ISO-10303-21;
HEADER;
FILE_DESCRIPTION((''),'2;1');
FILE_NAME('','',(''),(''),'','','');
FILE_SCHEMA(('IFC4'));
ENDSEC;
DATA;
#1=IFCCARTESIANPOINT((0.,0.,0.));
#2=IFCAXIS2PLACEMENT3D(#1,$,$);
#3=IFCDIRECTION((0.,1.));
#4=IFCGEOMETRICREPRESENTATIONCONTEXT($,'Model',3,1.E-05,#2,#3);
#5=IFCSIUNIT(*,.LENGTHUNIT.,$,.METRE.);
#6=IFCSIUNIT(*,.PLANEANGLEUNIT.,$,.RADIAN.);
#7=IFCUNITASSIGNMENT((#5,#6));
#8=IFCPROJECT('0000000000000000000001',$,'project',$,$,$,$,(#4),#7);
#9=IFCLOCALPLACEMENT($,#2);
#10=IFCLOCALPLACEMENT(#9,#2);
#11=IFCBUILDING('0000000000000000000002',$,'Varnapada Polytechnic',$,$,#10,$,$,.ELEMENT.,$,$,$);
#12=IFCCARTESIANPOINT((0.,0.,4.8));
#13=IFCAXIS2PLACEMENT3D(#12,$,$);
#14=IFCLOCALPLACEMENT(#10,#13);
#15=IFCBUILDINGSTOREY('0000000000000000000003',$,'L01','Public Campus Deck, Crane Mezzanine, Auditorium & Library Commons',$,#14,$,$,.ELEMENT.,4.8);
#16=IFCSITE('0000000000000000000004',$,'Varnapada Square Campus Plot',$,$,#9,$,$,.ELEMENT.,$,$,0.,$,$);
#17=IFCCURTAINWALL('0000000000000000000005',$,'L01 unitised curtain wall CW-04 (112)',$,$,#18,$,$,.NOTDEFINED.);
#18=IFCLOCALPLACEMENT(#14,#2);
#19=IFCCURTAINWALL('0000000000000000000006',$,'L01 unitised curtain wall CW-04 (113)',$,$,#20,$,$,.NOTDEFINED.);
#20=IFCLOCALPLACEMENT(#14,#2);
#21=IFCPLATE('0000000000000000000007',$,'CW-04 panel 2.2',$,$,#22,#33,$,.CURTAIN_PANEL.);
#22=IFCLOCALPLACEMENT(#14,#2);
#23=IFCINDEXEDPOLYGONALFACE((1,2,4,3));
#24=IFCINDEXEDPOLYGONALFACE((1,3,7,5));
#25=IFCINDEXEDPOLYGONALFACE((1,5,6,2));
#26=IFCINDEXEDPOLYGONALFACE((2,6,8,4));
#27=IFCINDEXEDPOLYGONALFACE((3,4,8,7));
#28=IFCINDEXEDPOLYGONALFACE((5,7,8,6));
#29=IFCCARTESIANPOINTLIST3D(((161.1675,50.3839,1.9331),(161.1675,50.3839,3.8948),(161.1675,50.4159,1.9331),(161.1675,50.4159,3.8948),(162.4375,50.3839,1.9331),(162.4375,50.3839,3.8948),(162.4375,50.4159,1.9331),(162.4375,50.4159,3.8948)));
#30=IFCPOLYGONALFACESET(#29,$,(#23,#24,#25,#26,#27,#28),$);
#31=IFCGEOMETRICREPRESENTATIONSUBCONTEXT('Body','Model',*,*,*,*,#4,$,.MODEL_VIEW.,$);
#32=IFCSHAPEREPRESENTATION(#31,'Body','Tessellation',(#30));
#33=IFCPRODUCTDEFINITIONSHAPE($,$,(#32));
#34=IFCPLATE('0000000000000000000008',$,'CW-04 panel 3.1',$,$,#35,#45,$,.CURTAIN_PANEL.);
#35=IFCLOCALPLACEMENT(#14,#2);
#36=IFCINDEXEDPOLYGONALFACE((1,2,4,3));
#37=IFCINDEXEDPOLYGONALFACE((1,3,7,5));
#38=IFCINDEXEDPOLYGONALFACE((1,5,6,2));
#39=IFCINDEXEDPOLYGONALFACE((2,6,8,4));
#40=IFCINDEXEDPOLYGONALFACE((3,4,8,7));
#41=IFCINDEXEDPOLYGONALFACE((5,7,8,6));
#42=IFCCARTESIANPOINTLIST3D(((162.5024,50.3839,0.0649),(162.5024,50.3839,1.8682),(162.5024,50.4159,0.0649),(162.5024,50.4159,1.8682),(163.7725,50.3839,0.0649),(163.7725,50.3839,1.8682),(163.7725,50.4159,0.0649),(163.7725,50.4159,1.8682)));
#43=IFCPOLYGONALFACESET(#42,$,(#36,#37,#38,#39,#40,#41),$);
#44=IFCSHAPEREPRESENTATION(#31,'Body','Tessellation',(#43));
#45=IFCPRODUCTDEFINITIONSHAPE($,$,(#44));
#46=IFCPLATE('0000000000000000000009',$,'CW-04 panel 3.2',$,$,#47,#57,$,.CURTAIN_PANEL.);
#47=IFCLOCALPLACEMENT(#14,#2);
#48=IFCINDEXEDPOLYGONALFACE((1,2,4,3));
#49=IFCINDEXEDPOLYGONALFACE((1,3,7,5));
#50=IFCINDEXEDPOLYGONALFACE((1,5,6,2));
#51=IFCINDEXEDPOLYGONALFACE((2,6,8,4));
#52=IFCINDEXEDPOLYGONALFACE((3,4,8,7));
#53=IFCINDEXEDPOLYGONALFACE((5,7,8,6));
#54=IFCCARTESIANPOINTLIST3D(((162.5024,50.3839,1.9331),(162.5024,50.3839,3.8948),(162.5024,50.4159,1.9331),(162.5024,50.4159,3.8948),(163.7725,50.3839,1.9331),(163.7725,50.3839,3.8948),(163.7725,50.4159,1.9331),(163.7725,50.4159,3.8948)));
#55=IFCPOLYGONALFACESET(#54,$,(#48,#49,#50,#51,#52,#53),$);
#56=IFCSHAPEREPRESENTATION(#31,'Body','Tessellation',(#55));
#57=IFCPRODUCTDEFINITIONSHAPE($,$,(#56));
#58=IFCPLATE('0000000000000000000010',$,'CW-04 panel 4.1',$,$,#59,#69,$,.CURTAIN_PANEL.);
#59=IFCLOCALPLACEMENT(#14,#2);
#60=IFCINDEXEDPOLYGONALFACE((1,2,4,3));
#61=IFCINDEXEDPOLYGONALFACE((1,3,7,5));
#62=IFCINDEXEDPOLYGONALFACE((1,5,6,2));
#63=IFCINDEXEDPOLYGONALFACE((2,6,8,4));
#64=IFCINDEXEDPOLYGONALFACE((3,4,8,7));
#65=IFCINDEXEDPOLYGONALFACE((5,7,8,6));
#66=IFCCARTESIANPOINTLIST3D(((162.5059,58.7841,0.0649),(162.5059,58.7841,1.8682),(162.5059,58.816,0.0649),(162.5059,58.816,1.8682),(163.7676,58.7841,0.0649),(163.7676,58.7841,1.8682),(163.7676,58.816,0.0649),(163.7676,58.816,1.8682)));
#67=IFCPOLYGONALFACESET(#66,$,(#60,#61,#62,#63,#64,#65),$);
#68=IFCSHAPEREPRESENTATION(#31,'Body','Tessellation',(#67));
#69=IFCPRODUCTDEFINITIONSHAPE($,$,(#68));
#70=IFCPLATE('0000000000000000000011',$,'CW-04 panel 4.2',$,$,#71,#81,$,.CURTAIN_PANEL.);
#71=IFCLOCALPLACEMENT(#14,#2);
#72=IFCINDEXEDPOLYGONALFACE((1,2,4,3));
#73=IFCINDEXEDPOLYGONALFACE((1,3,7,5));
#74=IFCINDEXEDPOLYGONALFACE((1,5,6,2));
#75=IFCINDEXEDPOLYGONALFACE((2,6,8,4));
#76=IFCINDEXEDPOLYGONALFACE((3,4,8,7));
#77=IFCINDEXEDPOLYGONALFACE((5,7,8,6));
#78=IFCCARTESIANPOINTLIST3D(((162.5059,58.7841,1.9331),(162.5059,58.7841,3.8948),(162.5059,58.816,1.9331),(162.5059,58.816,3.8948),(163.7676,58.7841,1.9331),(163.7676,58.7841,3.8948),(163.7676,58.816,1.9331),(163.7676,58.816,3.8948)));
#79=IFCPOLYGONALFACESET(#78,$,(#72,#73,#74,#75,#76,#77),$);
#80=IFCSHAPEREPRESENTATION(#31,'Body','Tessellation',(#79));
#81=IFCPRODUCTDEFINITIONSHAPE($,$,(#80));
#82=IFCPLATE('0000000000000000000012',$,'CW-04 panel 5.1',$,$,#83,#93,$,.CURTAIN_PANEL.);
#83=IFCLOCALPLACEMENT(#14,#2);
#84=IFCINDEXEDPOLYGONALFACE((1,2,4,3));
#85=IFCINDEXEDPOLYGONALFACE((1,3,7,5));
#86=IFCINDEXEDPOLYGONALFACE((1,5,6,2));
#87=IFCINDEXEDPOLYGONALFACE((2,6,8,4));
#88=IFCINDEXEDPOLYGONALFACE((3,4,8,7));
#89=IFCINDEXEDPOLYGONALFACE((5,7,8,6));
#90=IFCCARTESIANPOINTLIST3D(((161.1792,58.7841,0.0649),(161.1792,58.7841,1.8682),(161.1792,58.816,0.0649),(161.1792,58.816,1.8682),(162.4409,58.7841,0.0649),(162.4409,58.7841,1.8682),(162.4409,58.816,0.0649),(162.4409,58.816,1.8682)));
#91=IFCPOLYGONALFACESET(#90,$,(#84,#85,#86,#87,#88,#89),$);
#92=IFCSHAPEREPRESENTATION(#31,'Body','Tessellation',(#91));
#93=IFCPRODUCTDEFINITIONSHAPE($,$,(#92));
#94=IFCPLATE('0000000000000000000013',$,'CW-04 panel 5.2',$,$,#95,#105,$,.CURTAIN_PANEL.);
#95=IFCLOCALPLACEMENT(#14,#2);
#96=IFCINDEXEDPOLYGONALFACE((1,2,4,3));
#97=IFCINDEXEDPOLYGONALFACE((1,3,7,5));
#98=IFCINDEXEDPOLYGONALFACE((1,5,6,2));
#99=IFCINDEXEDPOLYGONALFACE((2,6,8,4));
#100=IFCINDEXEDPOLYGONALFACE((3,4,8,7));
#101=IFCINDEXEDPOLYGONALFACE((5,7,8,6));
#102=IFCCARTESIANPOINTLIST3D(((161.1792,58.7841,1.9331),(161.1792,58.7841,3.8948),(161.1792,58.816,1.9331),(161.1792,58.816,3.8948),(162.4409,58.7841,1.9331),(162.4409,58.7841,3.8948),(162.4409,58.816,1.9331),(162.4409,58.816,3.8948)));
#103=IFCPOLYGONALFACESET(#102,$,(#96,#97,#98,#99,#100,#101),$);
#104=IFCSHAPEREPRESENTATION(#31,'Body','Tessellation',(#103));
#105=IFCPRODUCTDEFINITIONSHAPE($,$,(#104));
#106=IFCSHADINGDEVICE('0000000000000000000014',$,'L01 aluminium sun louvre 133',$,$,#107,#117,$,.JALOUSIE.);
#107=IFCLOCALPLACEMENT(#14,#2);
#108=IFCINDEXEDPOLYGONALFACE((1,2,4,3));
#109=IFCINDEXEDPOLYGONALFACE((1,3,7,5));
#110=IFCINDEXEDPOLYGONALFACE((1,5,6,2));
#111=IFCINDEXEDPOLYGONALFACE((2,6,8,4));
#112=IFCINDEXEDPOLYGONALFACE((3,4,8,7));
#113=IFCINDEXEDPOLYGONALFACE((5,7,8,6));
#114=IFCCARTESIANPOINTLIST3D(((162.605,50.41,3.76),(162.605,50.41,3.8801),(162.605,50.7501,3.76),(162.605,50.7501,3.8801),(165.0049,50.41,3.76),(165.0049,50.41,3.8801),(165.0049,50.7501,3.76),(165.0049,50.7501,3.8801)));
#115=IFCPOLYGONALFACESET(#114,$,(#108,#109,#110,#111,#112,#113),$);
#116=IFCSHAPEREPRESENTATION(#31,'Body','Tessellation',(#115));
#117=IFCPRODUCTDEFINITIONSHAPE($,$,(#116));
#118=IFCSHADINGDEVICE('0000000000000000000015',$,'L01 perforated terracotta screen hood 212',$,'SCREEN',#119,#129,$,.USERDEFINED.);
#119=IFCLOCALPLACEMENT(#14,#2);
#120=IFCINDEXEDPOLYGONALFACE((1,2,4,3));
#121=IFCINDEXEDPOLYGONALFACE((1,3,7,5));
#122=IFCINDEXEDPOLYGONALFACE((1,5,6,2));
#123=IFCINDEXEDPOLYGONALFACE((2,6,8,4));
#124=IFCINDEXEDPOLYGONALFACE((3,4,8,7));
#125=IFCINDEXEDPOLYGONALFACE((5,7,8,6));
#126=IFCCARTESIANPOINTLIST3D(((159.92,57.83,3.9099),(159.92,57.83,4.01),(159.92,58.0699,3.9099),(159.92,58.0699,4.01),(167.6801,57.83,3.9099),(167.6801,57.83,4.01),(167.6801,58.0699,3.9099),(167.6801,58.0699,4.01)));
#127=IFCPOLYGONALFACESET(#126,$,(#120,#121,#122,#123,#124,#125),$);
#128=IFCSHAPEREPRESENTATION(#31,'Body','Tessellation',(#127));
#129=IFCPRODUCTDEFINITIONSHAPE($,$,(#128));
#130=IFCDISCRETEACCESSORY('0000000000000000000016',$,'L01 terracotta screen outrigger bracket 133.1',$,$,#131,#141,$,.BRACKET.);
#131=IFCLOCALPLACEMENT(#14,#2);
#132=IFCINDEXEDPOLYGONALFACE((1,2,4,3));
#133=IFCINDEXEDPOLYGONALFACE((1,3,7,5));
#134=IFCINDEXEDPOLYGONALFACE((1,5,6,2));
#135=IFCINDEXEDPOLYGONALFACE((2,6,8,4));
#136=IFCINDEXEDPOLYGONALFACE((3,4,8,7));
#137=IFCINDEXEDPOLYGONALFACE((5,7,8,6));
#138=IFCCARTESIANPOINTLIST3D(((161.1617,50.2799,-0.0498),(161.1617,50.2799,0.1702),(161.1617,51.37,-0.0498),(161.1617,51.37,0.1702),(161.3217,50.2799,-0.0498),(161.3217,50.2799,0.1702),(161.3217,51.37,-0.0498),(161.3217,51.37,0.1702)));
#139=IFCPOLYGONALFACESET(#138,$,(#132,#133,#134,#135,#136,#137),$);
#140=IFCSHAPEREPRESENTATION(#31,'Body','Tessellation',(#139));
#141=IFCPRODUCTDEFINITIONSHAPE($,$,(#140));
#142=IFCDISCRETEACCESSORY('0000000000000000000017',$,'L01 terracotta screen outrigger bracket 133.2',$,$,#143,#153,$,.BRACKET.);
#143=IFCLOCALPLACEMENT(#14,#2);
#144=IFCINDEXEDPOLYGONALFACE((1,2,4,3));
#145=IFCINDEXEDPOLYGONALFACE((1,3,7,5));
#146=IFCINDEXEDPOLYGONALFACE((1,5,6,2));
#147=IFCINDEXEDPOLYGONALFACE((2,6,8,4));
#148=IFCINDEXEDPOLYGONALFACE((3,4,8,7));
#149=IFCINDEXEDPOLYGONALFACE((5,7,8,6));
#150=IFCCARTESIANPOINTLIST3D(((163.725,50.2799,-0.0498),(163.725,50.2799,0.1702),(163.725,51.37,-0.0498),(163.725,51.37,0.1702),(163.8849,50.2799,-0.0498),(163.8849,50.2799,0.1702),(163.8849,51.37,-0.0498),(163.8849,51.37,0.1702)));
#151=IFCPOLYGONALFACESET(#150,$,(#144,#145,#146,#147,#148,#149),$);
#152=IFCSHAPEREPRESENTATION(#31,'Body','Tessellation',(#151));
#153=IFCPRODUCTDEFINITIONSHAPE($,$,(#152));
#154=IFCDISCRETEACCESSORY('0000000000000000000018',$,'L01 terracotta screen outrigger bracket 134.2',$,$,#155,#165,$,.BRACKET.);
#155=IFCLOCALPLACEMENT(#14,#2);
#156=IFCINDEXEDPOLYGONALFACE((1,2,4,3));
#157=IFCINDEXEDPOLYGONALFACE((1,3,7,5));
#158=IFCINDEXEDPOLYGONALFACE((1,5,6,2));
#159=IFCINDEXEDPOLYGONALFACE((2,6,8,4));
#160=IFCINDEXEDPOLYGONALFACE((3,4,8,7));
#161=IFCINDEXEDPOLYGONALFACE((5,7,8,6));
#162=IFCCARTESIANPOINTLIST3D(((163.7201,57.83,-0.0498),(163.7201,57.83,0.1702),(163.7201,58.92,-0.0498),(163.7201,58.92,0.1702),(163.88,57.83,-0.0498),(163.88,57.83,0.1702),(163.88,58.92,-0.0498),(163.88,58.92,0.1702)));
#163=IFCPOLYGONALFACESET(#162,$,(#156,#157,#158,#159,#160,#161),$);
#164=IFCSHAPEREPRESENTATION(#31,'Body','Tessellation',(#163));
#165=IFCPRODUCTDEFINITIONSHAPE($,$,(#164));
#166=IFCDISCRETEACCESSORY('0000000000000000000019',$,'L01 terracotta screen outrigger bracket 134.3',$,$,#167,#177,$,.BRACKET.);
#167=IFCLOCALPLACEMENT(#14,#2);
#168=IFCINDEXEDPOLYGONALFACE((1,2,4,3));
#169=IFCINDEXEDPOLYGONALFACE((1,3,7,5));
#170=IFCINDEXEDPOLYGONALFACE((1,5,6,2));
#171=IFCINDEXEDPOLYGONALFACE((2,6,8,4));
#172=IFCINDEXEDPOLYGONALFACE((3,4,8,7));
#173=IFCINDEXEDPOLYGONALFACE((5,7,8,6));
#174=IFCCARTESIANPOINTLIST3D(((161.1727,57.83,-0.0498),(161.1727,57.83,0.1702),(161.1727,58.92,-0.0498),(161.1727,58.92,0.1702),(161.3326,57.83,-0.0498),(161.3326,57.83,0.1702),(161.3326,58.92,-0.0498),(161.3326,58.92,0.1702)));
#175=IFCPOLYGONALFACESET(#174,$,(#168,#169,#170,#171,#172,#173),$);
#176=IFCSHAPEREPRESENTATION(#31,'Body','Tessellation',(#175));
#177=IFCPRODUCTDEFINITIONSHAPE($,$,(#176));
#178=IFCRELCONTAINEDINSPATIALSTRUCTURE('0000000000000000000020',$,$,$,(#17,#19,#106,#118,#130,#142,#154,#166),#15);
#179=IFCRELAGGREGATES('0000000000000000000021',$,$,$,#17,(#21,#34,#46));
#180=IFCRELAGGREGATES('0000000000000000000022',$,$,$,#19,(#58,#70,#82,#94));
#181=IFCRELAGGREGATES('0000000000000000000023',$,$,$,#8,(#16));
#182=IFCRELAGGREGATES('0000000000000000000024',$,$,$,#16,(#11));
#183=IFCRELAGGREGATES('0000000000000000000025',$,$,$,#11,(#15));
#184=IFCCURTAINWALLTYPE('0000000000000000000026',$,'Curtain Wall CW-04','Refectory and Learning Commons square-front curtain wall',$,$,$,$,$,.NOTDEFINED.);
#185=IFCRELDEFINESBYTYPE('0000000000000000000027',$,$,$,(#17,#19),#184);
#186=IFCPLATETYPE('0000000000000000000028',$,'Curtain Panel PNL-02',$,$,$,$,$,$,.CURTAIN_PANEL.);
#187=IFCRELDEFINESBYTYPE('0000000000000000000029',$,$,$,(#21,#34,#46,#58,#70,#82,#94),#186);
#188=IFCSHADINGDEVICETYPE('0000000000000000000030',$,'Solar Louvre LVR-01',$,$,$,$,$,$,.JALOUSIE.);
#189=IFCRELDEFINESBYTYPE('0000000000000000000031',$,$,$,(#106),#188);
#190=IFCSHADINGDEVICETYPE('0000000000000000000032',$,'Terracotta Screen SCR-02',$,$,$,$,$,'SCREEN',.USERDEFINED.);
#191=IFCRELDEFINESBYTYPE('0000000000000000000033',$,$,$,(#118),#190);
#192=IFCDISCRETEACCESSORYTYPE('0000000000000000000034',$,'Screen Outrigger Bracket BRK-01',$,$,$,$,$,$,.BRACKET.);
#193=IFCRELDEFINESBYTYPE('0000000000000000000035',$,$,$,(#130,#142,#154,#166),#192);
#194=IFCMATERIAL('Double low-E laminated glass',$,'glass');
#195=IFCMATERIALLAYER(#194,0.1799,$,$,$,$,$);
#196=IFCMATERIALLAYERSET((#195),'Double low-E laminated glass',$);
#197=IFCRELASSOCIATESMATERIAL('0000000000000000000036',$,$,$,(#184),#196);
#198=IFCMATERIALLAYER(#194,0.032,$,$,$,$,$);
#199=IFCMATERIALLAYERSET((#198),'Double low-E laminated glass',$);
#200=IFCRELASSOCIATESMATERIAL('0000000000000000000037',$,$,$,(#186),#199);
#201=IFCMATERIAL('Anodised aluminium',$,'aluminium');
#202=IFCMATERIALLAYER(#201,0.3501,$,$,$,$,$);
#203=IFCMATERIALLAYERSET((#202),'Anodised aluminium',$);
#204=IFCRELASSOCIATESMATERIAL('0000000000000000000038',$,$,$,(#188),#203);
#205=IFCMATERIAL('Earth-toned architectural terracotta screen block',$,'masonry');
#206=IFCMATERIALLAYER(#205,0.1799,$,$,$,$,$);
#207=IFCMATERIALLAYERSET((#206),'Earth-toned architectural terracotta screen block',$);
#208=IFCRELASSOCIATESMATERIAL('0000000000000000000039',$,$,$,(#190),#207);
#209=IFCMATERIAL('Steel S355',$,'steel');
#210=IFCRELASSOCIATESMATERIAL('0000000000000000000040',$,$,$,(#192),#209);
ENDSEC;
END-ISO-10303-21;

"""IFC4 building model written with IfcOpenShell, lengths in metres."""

from ifc_helpers import new_model, si_unit, direction, frame, origin, origin_2d, place, context, subcontext, project, spatial, rectangle, extrude, material, layer, layer_set, type_object, element, aggregate, save


model = new_model("IFC4")

# Units and contexts
model_context = context("Model", 3, precision=1e-05, world=origin(), true_north=direction((0.0, 1.0)))
body_context = subcontext(model_context, "Body", "Model", "MODEL_VIEW")
ifc_project = project(units=[si_unit("LENGTHUNIT", "METRE"), si_unit("PLANEANGLEUNIT", "RADIAN")], contexts=[model_context])

# Site, building, storey
site_placement = place(None, origin())
site = spatial("IfcSite", under=ifc_project, at=site_placement, Name="Varnapada Square Campus Plot", CompositionType="ELEMENT", RefElevation=0.0)
building_placement = place(site_placement, origin())
building = spatial("IfcBuilding", under=site, at=building_placement, Name="Varnapada Polytechnic", CompositionType="ELEMENT")
storey_placement = place(building_placement, frame((0.0, 0.0, 4.8)))
storey = spatial("IfcBuildingStorey", under=building, at=storey_placement, Name="L01", Description="Public Campus Deck, Crane Mezzanine, Auditorium & Library Commons", CompositionType="ELEMENT", Elevation=4.8)

# Curtain walls
ifc_material_1 = material(Name="Double low-E laminated glass", Category="glass")
ifc_layer_1 = layer(ifc_material_1, 0.1799)
ifc_layer_set_1 = layer_set([ifc_layer_1], Name="Double low-E laminated glass")
curtain_wall_type = type_object("IfcCurtainWallType", Name="Curtain Wall CW-04", Description="Refectory and Learning Commons square-front curtain wall", PredefinedType="NOTDEFINED", material=ifc_layer_set_1)
curtain_wall_1_placement = place(storey_placement, origin())
curtain_wall_1 = element("IfcCurtainWall", 1, at=curtain_wall_1_placement, inside=storey, type_object=curtain_wall_type, Name="L01 unitised curtain wall CW-04 (112)", PredefinedType="NOTDEFINED")
ifc_material_2 = material(Name="Anodised aluminium", Category="aluminium")
curtain_wall_2_placement = place(storey_placement, origin())
curtain_wall_2 = element("IfcCurtainWall", 2, at=curtain_wall_2_placement, inside=storey, type_object=curtain_wall_type, Name="L01 unitised curtain wall CW-04 (113)", PredefinedType="NOTDEFINED")

# Plates
ifc_layer_2 = layer(ifc_material_1, 0.032)
ifc_layer_set_2 = layer_set([ifc_layer_2], Name="Double low-E laminated glass")
plate_type = type_object("IfcPlateType", Name="Curtain Panel PNL-02", PredefinedType="CURTAIN_PANEL", material=ifc_layer_set_2)
plate_1_placement = place(storey_placement, frame((161.8025, 50.3999, 1.9331), z_axis=(0.0, 0.0, 1.0), x_axis=(1.0, 0.0, 0.0)))
plate_1 = element("IfcPlate", 3, at=plate_1_placement, type_object=plate_type, Name="CW-04 panel 2.2", PredefinedType="CURTAIN_PANEL", context=body_context, shape_type="SweptSolid", body=[
    extrude(rectangle(XDim=1.27, YDim=0.032, at=origin_2d()), origin(), (0.0, 0.0, 1.0), 1.9617),
])
plate_2_placement = place(storey_placement, frame((163.1375, 50.3999, 0.0649), z_axis=(0.0, 0.0, 1.0), x_axis=(1.0, 0.0, 0.0)))
plate_2 = element("IfcPlate", 4, at=plate_2_placement, type_object=plate_type, Name="CW-04 panel 3.1", PredefinedType="CURTAIN_PANEL", context=body_context, shape_type="SweptSolid", body=[
    extrude(rectangle(XDim=1.27, YDim=0.032, at=origin_2d()), origin(), (0.0, 0.0, 1.0), 1.8032),
])
plate_3_placement = place(storey_placement, frame((163.1375, 50.3999, 1.9331), z_axis=(0.0, 0.0, 1.0), x_axis=(1.0, 0.0, 0.0)))
plate_3 = element("IfcPlate", 5, at=plate_3_placement, type_object=plate_type, Name="CW-04 panel 3.2", PredefinedType="CURTAIN_PANEL", context=body_context, shape_type="SweptSolid", body=[
    extrude(rectangle(XDim=1.27, YDim=0.032, at=origin_2d()), origin(), (0.0, 0.0, 1.0), 1.9617),
])
aggregate(curtain_wall_1, [plate_1, plate_2, plate_3])
plate_4_placement = place(storey_placement, frame((163.1367, 58.8, 0.0649), z_axis=(0.0, 0.0, 1.0), x_axis=(-1.0, 0.0, 0.0)))
plate_4 = element("IfcPlate", 6, at=plate_4_placement, type_object=plate_type, Name="CW-04 panel 4.1", PredefinedType="CURTAIN_PANEL", context=body_context, shape_type="SweptSolid", body=[
    extrude(rectangle(XDim=1.2617, YDim=0.032, at=origin_2d()), origin(), (0.0, 0.0, 1.0), 1.8032),
])
plate_5_placement = place(storey_placement, frame((163.1367, 58.8, 1.9331), z_axis=(0.0, 0.0, 1.0), x_axis=(-1.0, 0.0, 0.0)))
plate_5 = element("IfcPlate", 7, at=plate_5_placement, type_object=plate_type, Name="CW-04 panel 4.2", PredefinedType="CURTAIN_PANEL", context=body_context, shape_type="SweptSolid", body=[
    extrude(rectangle(XDim=1.2617, YDim=0.032, at=origin_2d()), origin(), (0.0, 0.0, 1.0), 1.9617),
])
plate_6_placement = place(storey_placement, frame((161.8101, 58.8, 0.0649), z_axis=(0.0, 0.0, 1.0), x_axis=(-1.0, 0.0, 0.0)))
plate_6 = element("IfcPlate", 8, at=plate_6_placement, type_object=plate_type, Name="CW-04 panel 5.1", PredefinedType="CURTAIN_PANEL", context=body_context, shape_type="SweptSolid", body=[
    extrude(rectangle(XDim=1.2617, YDim=0.032, at=origin_2d()), origin(), (0.0, 0.0, 1.0), 1.8032),
])
plate_7_placement = place(storey_placement, frame((161.8101, 58.8, 1.9331), z_axis=(0.0, 0.0, 1.0), x_axis=(-1.0, 0.0, 0.0)))
plate_7 = element("IfcPlate", 9, at=plate_7_placement, type_object=plate_type, Name="CW-04 panel 5.2", PredefinedType="CURTAIN_PANEL", context=body_context, shape_type="SweptSolid", body=[
    extrude(rectangle(XDim=1.2617, YDim=0.032, at=origin_2d()), origin(), (0.0, 0.0, 1.0), 1.9617),
])
aggregate(curtain_wall_2, [plate_4, plate_5, plate_6, plate_7])

# Shading devices
ifc_layer_3 = layer(ifc_material_2, 0.3501)
ifc_layer_set_3 = layer_set([ifc_layer_3], Name="Anodised aluminium")
shading_device_type_1 = type_object("IfcShadingDeviceType", Name="Solar Louvre LVR-01", PredefinedType="JALOUSIE", material=ifc_layer_set_3)
shading_device_1_placement = place(storey_placement, frame((163.8049, 50.5801, 3.76), z_axis=(0.0, 0.0, 1.0), x_axis=(1.0, 0.0, 0.0)))
element("IfcShadingDevice", 10, at=shading_device_1_placement, inside=storey, type_object=shading_device_type_1, Name="L01 aluminium sun louvre 133", PredefinedType="JALOUSIE", context=body_context, shape_type="SweptSolid", body=[
    extrude(rectangle(XDim=2.3999, YDim=0.3401, at=origin_2d()), origin(), (0.0, 0.0, 1.0), 0.1201),
])
ifc_material_3 = material(Name="Earth-toned architectural terracotta screen block", Category="masonry")
ifc_layer_4 = layer(ifc_material_3, 0.1799)
ifc_layer_set_4 = layer_set([ifc_layer_4], Name="Earth-toned architectural terracotta screen block")
shading_device_type_2 = type_object("IfcShadingDeviceType", Name="Terracotta Screen SCR-02", ElementType="SCREEN", PredefinedType="USERDEFINED", material=ifc_layer_set_4)
shading_device_2_placement = place(storey_placement, frame((163.8, 57.95, 3.9099), z_axis=(0.0, 0.0, 1.0), x_axis=(-1.0, 0.0, 0.0)))
element("IfcShadingDevice", 11, at=shading_device_2_placement, inside=storey, type_object=shading_device_type_2, Name="L01 perforated terracotta screen hood 212", ObjectType="SCREEN", PredefinedType="USERDEFINED", context=body_context, shape_type="SweptSolid", body=[
    extrude(rectangle(XDim=7.76, YDim=0.24, at=origin_2d()), origin(), (0.0, 0.0, 1.0), 0.1001),
])

# Discrete accessories
ifc_material_4 = material(Name="Steel S355", Category="steel")
discrete_accessory_type = type_object("IfcDiscreteAccessoryType", Name="Screen Outrigger Bracket BRK-01", PredefinedType="BRACKET", material=ifc_material_4)
for number, where, z_axis, x_axis, name in (
    (12, (161.2417, 50.825, -0.0498), (0.0, 0.0, 1.0), (1.0, 0.0, 0.0), "L01 terracotta screen outrigger bracket 133.1"),
    (13, (163.8049, 50.825, -0.0498), (0.0, 0.0, 1.0), (1.0, 0.0, 0.0), "L01 terracotta screen outrigger bracket 133.2"),
    (14, (163.8, 58.375, -0.0498), (0.0, 0.0, 1.0), (-1.0, 0.0, 0.0), "L01 terracotta screen outrigger bracket 134.2"),
    (15, (161.2527, 58.375, -0.0498), (0.0, 0.0, 1.0), (-1.0, 0.0, 0.0), "L01 terracotta screen outrigger bracket 134.3"),
):
    element("IfcDiscreteAccessory", number, at=place(storey_placement, frame(where, z_axis=z_axis, x_axis=x_axis)), inside=storey, type_object=discrete_accessory_type, Name=name, PredefinedType="BRACKET", context=body_context, shape_type="SweptSolid", body=[
        extrude(rectangle(XDim=0.1599, YDim=1.0901, at=origin_2d()), origin(), (0.0, 0.0, 1.0), 0.22),
    ])

save(model, "model.ifc")
